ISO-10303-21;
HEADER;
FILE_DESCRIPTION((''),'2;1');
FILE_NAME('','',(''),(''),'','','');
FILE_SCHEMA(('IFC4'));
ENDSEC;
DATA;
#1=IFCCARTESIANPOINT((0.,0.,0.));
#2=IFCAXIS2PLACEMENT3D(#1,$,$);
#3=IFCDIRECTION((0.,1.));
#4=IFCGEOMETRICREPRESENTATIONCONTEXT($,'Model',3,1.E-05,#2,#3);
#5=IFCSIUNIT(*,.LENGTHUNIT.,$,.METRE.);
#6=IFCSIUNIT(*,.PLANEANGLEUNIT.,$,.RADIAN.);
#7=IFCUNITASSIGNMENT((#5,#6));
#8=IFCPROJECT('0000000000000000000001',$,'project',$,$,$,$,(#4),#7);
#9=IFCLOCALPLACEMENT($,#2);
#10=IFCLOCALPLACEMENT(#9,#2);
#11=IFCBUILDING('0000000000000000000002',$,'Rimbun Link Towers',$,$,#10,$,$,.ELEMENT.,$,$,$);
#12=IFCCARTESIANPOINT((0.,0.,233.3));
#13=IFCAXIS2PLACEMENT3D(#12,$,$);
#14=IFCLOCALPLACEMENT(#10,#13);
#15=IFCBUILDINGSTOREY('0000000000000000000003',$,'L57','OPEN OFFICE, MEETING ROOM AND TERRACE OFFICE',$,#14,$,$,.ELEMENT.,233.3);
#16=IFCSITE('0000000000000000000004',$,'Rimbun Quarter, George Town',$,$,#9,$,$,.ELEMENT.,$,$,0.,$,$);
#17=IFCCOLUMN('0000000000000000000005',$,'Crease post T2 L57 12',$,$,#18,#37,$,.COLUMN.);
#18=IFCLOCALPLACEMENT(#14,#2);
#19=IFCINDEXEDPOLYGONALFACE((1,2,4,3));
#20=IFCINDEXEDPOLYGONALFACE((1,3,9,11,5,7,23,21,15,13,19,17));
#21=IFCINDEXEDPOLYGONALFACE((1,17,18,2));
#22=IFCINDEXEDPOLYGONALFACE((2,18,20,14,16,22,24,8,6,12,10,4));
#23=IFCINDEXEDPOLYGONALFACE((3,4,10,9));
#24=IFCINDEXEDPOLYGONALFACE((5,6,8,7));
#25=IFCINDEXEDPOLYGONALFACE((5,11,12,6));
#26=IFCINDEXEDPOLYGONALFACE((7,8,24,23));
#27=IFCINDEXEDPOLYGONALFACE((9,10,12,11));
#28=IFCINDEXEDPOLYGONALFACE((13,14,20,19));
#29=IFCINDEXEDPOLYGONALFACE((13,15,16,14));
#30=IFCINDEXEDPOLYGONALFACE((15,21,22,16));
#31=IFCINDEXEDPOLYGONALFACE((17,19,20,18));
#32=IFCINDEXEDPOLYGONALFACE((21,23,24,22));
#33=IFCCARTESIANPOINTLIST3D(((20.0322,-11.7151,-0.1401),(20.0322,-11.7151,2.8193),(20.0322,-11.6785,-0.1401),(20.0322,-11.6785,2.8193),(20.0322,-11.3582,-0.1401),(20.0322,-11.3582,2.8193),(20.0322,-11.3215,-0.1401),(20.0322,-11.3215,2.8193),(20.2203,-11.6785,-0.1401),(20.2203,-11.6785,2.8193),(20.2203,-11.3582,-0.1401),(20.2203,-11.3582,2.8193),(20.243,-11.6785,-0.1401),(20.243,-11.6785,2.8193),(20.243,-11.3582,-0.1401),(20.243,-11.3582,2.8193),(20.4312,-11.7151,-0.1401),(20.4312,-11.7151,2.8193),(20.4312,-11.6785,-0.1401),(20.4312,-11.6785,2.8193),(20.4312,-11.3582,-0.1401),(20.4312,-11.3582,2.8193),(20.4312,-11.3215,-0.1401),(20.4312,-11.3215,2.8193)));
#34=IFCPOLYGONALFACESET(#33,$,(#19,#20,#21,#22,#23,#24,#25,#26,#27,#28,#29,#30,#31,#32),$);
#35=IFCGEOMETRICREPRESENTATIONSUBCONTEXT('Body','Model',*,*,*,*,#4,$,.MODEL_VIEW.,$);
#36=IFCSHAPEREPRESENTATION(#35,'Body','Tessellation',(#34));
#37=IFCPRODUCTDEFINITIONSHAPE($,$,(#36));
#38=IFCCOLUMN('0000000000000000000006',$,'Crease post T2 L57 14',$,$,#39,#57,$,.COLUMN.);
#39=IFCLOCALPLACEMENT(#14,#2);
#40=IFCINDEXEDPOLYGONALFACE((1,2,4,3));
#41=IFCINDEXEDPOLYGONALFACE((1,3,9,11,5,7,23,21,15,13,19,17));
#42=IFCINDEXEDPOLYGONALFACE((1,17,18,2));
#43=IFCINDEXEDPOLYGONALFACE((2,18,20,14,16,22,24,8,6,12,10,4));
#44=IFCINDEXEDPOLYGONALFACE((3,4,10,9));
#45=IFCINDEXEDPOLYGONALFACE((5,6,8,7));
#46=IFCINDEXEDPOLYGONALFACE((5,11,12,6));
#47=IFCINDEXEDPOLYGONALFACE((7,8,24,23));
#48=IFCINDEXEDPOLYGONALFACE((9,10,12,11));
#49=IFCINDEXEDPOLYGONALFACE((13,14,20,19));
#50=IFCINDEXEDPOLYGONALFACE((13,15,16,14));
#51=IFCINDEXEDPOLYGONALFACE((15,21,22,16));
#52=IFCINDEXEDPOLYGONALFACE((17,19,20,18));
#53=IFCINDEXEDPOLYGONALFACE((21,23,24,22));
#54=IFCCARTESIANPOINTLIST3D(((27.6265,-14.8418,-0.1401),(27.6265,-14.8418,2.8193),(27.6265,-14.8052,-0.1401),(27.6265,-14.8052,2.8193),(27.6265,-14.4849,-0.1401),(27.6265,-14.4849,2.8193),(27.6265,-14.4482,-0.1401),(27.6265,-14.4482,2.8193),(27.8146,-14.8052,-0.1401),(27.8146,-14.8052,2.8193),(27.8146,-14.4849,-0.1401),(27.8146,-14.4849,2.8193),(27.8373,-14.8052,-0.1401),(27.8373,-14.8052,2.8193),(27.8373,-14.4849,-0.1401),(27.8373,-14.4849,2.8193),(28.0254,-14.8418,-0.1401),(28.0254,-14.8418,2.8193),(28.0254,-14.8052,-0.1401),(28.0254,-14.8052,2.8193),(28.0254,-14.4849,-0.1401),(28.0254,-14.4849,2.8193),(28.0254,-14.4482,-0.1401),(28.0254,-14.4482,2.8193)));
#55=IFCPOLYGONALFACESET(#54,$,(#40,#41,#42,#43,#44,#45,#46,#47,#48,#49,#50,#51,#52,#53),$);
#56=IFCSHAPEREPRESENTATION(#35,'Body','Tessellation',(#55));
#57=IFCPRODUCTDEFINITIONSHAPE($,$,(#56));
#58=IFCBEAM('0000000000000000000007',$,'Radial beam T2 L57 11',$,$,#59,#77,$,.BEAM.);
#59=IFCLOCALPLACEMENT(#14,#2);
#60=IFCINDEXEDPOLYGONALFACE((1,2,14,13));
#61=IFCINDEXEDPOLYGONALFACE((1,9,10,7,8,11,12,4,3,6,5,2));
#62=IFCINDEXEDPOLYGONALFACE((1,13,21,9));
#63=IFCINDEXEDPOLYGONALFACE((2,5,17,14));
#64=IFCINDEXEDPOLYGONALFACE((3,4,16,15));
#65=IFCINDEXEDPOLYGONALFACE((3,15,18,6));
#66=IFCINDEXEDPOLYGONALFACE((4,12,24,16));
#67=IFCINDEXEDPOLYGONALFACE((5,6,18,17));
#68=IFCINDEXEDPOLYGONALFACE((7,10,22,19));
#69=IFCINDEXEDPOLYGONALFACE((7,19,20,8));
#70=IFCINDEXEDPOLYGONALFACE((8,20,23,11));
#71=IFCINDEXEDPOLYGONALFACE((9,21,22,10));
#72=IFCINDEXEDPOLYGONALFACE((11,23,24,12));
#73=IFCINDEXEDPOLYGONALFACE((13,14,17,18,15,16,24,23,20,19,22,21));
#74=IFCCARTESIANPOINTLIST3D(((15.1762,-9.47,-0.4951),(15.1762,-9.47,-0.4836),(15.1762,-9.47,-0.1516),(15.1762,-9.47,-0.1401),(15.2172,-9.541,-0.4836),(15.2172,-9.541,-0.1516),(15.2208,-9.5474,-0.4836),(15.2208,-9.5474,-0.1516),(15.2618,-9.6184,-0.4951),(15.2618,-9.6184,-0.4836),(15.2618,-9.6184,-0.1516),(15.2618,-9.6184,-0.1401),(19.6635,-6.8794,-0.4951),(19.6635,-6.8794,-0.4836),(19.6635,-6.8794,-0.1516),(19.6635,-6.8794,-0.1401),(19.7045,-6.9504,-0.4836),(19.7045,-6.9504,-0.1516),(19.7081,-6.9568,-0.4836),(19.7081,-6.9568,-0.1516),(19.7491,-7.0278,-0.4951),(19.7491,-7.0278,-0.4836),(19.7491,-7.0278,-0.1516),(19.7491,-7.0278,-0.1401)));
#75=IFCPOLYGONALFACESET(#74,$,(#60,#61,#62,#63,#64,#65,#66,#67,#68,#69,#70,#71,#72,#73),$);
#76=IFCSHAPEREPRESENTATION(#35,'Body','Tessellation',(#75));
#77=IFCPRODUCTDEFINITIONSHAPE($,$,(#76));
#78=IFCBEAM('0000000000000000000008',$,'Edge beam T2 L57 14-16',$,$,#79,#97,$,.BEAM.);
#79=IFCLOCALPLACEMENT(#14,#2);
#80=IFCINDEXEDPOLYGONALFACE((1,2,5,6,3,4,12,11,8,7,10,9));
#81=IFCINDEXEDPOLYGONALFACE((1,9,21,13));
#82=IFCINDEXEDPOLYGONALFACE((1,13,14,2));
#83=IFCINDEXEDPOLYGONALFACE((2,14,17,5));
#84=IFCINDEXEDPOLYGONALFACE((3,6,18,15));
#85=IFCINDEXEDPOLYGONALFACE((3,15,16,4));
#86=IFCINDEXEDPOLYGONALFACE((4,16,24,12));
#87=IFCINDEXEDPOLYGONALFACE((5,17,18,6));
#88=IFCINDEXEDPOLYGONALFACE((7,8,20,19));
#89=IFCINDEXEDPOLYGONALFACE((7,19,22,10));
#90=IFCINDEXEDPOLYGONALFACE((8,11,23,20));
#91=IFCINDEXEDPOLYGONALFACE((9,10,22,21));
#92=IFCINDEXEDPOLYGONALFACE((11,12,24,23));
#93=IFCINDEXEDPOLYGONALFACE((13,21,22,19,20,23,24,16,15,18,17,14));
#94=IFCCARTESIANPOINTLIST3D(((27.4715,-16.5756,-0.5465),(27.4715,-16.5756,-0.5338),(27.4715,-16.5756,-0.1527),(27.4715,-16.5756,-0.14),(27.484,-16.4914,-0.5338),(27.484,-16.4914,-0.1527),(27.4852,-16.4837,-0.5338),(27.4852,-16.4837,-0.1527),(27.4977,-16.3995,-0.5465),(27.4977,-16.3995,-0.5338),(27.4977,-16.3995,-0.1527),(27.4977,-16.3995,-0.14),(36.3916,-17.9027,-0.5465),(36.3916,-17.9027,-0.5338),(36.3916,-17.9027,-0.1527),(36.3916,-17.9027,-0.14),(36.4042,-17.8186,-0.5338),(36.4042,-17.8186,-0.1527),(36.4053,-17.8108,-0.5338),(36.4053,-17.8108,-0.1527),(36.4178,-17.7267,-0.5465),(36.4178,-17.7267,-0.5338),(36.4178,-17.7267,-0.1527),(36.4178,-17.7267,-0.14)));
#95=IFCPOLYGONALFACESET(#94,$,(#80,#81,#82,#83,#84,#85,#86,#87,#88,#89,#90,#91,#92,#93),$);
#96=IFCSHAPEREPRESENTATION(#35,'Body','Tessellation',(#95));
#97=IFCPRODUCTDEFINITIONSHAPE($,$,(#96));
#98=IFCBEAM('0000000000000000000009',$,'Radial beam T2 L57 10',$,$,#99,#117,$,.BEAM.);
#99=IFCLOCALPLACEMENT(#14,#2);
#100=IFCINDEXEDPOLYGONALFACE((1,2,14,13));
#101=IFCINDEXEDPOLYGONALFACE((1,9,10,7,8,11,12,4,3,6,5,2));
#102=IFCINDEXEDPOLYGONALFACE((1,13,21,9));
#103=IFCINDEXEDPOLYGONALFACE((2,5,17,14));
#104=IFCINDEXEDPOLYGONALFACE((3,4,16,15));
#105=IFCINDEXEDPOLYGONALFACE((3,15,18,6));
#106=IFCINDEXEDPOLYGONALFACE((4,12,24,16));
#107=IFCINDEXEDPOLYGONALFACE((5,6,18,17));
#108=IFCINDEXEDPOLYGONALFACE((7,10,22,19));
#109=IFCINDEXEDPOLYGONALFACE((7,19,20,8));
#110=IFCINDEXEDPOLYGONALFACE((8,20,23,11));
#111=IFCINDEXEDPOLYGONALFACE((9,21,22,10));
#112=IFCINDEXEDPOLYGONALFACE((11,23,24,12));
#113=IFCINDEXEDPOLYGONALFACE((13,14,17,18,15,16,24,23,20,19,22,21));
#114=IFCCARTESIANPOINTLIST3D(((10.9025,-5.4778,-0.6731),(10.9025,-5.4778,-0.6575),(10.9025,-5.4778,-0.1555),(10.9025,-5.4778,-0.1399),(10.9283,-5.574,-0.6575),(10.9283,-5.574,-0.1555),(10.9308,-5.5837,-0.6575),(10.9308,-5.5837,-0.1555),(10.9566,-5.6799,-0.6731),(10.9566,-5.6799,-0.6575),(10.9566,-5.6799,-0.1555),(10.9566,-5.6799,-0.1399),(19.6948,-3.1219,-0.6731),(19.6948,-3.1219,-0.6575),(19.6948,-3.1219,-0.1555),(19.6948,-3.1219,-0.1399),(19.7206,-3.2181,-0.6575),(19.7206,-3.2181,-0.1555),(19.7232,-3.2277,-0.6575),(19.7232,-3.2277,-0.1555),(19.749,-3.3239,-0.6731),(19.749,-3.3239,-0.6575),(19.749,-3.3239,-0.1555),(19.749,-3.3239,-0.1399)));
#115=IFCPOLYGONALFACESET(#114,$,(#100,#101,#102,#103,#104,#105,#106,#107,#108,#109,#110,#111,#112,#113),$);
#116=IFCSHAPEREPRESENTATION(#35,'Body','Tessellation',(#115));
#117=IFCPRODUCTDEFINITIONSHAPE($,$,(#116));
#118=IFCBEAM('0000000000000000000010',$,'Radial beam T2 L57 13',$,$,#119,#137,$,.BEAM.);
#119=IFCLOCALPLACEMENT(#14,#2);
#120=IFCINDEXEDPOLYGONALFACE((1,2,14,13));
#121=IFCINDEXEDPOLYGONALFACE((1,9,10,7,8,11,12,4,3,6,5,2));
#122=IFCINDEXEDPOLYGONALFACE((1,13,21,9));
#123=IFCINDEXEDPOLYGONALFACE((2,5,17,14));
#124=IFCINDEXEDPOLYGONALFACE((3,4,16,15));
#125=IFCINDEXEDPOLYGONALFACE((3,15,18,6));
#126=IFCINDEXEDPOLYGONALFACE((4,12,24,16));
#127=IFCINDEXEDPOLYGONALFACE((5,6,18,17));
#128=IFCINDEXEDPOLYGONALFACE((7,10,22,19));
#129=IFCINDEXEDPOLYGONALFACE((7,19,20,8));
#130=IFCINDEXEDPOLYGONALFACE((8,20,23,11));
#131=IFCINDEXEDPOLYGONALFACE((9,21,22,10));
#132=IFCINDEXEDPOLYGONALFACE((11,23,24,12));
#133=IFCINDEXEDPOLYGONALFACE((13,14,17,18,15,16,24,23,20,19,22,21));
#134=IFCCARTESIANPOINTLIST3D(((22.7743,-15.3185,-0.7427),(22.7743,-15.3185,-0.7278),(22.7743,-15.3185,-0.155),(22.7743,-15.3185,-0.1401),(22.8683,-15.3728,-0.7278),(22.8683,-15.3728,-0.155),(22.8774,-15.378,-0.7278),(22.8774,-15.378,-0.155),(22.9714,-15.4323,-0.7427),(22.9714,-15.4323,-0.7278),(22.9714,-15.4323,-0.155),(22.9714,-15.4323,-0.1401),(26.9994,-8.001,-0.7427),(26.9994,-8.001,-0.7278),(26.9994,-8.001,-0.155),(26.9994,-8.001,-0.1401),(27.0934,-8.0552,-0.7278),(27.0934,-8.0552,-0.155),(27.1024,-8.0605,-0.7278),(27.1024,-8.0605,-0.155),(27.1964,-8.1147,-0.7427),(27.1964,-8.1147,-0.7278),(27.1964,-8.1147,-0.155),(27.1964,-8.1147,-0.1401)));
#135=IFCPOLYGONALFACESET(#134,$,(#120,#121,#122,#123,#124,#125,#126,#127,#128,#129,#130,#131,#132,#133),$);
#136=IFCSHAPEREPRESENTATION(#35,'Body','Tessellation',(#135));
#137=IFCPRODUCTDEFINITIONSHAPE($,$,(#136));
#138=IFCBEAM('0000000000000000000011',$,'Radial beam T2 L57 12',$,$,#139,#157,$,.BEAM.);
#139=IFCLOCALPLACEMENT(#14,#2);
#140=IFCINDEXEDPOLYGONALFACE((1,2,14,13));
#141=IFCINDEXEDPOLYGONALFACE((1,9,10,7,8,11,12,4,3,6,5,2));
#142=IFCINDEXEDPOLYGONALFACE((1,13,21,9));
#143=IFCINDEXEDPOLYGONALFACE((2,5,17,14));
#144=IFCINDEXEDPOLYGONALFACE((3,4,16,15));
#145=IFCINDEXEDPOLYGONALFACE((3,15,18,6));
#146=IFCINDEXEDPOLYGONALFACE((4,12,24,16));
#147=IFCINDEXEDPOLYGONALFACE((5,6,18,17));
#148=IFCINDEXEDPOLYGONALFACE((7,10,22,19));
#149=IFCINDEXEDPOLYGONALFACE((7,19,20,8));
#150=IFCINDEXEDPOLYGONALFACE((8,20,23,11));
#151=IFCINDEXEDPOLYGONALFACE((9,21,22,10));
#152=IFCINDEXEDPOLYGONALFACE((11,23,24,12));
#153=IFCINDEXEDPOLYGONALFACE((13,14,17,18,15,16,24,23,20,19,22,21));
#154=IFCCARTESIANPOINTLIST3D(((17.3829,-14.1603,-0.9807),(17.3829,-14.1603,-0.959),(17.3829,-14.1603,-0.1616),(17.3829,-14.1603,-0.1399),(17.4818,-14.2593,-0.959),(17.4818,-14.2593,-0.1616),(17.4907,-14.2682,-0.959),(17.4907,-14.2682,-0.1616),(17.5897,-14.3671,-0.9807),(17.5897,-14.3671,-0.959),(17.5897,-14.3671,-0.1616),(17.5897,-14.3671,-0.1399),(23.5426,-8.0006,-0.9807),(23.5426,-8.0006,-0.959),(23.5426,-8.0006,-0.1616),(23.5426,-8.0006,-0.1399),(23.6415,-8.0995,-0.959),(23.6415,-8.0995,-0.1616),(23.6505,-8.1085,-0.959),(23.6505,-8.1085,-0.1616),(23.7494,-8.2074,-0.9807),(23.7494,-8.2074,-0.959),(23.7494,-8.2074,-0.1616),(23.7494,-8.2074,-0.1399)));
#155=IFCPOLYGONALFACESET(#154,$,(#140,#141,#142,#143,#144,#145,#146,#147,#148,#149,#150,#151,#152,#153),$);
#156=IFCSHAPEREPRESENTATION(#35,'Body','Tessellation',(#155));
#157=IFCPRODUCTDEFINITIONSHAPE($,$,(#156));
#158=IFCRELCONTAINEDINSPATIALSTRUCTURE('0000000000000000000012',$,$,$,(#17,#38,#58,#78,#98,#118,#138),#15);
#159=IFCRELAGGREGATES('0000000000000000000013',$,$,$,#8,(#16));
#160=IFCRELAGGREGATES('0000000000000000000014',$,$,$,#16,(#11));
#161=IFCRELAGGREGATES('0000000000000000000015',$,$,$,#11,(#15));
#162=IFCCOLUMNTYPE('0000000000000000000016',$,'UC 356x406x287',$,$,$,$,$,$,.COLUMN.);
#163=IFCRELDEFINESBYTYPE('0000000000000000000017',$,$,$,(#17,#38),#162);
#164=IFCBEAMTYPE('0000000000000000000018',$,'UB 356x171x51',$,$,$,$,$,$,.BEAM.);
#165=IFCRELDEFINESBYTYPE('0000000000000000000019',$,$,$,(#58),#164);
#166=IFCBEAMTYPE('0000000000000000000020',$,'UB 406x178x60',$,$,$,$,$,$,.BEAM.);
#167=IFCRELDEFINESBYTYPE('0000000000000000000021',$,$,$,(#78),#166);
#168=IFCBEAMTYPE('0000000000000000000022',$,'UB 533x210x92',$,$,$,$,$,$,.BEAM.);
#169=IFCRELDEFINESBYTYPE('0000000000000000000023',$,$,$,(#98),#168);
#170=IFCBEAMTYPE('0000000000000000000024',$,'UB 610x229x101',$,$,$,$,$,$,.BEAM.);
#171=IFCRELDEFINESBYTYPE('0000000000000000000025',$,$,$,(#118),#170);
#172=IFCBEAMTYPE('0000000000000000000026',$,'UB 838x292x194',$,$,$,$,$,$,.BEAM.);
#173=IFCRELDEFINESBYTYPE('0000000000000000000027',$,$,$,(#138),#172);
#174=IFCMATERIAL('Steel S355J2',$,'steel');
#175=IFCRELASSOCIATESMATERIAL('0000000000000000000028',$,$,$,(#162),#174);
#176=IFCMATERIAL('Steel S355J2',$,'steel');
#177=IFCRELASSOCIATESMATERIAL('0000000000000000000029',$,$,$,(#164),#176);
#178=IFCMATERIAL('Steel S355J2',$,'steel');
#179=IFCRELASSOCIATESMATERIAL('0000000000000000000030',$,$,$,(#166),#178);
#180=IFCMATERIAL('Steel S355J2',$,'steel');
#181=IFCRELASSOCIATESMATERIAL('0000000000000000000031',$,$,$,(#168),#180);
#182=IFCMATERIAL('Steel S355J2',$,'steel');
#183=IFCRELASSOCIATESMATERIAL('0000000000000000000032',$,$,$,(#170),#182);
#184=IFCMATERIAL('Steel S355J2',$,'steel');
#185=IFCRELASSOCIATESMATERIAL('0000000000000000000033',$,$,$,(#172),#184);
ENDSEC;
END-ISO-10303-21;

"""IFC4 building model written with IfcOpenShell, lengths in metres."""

from ifc_helpers import new_model, si_unit, direction, frame, origin, origin_2d, place, context, subcontext, project, spatial, i_section, extrude, material, material_profile, profile_set, type_object, element, save


model = new_model("IFC4")

# Units and contexts
model_context = context("Model", 3, precision=1e-05, world=origin(), true_north=direction((0.0, 1.0)))
body_context = subcontext(model_context, "Body", "Model", "MODEL_VIEW")
ifc_project = project(units=[si_unit("LENGTHUNIT", "METRE"), si_unit("PLANEANGLEUNIT", "RADIAN")], contexts=[model_context])

# Site, building, storey
site_placement = place(None, origin())
site = spatial("IfcSite", under=ifc_project, at=site_placement, Name="Rimbun Quarter, George Town", CompositionType="ELEMENT", RefElevation=0.0)
building_placement = place(site_placement, origin())
building = spatial("IfcBuilding", under=site, at=building_placement, Name="Rimbun Link Towers", CompositionType="ELEMENT")
storey_placement = place(building_placement, frame((0.0, 0.0, 233.3)))
storey = spatial("IfcBuildingStorey", under=building, at=storey_placement, Name="L57", Description="OPEN OFFICE, MEETING ROOM AND TERRACE OFFICE", CompositionType="ELEMENT", Elevation=233.3)

# Columns
ifc_material_1 = material(Name="Steel S355J2", Category="steel")
ifc_material_profile_1 = material_profile(ifc_material_1, i_section(OverallWidth=0.3989, OverallDepth=0.3936, WebThickness=0.0227, FlangeThickness=0.0366, at=origin_2d()), Name="UC 356x406x287")
ifc_profile_set_1 = profile_set([ifc_material_profile_1], Name="Steel S355J2")
column_type = type_object("IfcColumnType", Name="UC 356x406x287", PredefinedType="COLUMN", material=ifc_profile_set_1)
for number, where, z_axis, x_axis, name in (
    (1, (20.2317, -11.5183, -0.1401), (0.0, 0.0, 1.0), (1.0, 0.0, 0.0), "Crease post T2 L57 12"),
    (2, (27.8259, -14.645, -0.1401), (0.0, 0.0, 1.0), (1.0, 0.0, 0.0), "Crease post T2 L57 14"),
):
    element("IfcColumn", number, at=place(storey_placement, frame(where, z_axis=z_axis, x_axis=x_axis)), inside=storey, type_object=column_type, Name=name, PredefinedType="COLUMN", context=body_context, shape_type="SweptSolid", body=[
        extrude(i_section(OverallWidth=0.3989, OverallDepth=0.3936, WebThickness=0.0227, FlangeThickness=0.0366, at=origin_2d()), origin(), (0.0, 0.0, 1.0), 2.9595),
    ])

# Beams
ifc_material_2 = material(Name="Steel S355J2", Category="steel")
ifc_material_profile_2 = material_profile(ifc_material_2, i_section(OverallWidth=0.1714, OverallDepth=0.355, WebThickness=0.0073, FlangeThickness=0.0115, at=origin_2d()), Name="UB 356x171x51")
ifc_profile_set_2 = profile_set([ifc_material_profile_2], Name="Steel S355J2")
beam_type_1 = type_object("IfcBeamType", Name="UB 356x171x51", PredefinedType="BEAM", material=ifc_profile_set_2)
beam_1_placement = place(storey_placement, frame((19.7063, -6.9536, -0.3176), z_axis=(-0.86604, -0.499975, 0.0), x_axis=(0.499975, -0.86604, 0.0)))
element("IfcBeam", 3, at=beam_1_placement, inside=storey, type_object=beam_type_1, Name="Radial beam T2 L57 11", PredefinedType="BEAM", context=body_context, shape_type="SweptSolid", body=[
    extrude(i_section(OverallWidth=0.1714, OverallDepth=0.355, WebThickness=0.0073, FlangeThickness=0.0115, at=origin_2d()), origin(), (0.0, 0.0, 1.0), 5.1814),
])
ifc_material_3 = material(Name="Steel S355J2", Category="steel")
ifc_material_profile_3 = material_profile(ifc_material_3, i_section(OverallWidth=0.178, OverallDepth=0.4065, WebThickness=0.0078, FlangeThickness=0.0127, at=origin_2d()), Name="UB 406x178x60")
ifc_profile_set_3 = profile_set([ifc_material_profile_3], Name="Steel S355J2")
beam_type_2 = type_object("IfcBeamType", Name="UB 406x178x60", PredefinedType="BEAM", material=ifc_profile_set_3)
beam_2_placement = place(storey_placement, frame((27.4846, -16.4875, -0.3433), z_axis=(0.989113, -0.147161, 0.0), x_axis=(0.147161, 0.989113, 0.0)))
element("IfcBeam", 4, at=beam_2_placement, inside=storey, type_object=beam_type_2, Name="Edge beam T2 L57 14-16", PredefinedType="BEAM", context=body_context, shape_type="SweptSolid", body=[
    extrude(i_section(OverallWidth=0.178, OverallDepth=0.4065, WebThickness=0.0078, FlangeThickness=0.0127, at=origin_2d()), origin(), (0.0, 0.0, 1.0), 9.0183),
])
ifc_material_4 = material(Name="Steel S355J2", Category="steel")
ifc_material_profile_4 = material_profile(ifc_material_4, i_section(OverallWidth=0.2092, OverallDepth=0.5332, WebThickness=0.01, FlangeThickness=0.0156, at=origin_2d()), Name="UB 533x210x92")
ifc_profile_set_4 = profile_set([ifc_material_profile_4], Name="Steel S355J2")
beam_type_3 = type_object("IfcBeamType", Name="UB 533x210x92", PredefinedType="BEAM", material=ifc_profile_set_4)
beam_3_placement = place(storey_placement, frame((19.7219, -3.2229, -0.4065), z_axis=(-0.965925, -0.258821, 0.0), x_axis=(0.258821, -0.965925, 0.0)))
element("IfcBeam", 5, at=beam_3_placement, inside=storey, type_object=beam_type_3, Name="Radial beam T2 L57 10", PredefinedType="BEAM", context=body_context, shape_type="SweptSolid", body=[
    extrude(i_section(OverallWidth=0.2092, OverallDepth=0.5332, WebThickness=0.01, FlangeThickness=0.0156, at=origin_2d()), origin(), (0.0, 0.0, 1.0), 9.1025),
])
ifc_material_5 = material(Name="Steel S355J2", Category="steel")
ifc_material_profile_5 = material_profile(ifc_material_5, i_section(OverallWidth=0.2275, OverallDepth=0.6025, WebThickness=0.0105, FlangeThickness=0.0149, at=origin_2d()), Name="UB 610x229x101")
ifc_profile_set_5 = profile_set([ifc_material_profile_5], Name="Steel S355J2")
beam_type_4 = type_object("IfcBeamType", Name="UB 610x229x101", PredefinedType="BEAM", material=ifc_profile_set_5)
beam_4_placement = place(storey_placement, frame((27.0979, -8.0579, -0.4414), z_axis=(-0.500023, -0.866012, 0.0), x_axis=(0.866012, -0.500023, 0.0)))
element("IfcBeam", 6, at=beam_4_placement, inside=storey, type_object=beam_type_4, Name="Radial beam T2 L57 13", PredefinedType="BEAM", context=body_context, shape_type="SweptSolid", body=[
    extrude(i_section(OverallWidth=0.2275, OverallDepth=0.6025, WebThickness=0.0105, FlangeThickness=0.0149, at=origin_2d()), origin(), (0.0, 0.0, 1.0), 8.4497),
])
ifc_material_6 = material(Name="Steel S355J2", Category="steel")
ifc_material_profile_6 = material_profile(ifc_material_6, i_section(OverallWidth=0.2925, OverallDepth=0.8408, WebThickness=0.0127, FlangeThickness=0.0217, at=origin_2d()), Name="UB 838x292x194")
ifc_profile_set_6 = profile_set([ifc_material_profile_6], Name="Steel S355J2")
beam_type_5 = type_object("IfcBeamType", Name="UB 838x292x194", PredefinedType="BEAM", material=ifc_profile_set_6)
beam_5_placement = place(storey_placement, frame((23.646, -8.104, -0.5603), z_axis=(-0.707107, -0.707107, 0.0), x_axis=(0.707107, -0.707107, 0.0)))
element("IfcBeam", 7, at=beam_5_placement, inside=storey, type_object=beam_type_5, Name="Radial beam T2 L57 12", PredefinedType="BEAM", context=body_context, shape_type="SweptSolid", body=[
    extrude(i_section(OverallWidth=0.2925, OverallDepth=0.8408, WebThickness=0.0127, FlangeThickness=0.0217, at=origin_2d()), origin(), (0.0, 0.0, 1.0), 8.7112),
])

save(model, "model.ifc")
